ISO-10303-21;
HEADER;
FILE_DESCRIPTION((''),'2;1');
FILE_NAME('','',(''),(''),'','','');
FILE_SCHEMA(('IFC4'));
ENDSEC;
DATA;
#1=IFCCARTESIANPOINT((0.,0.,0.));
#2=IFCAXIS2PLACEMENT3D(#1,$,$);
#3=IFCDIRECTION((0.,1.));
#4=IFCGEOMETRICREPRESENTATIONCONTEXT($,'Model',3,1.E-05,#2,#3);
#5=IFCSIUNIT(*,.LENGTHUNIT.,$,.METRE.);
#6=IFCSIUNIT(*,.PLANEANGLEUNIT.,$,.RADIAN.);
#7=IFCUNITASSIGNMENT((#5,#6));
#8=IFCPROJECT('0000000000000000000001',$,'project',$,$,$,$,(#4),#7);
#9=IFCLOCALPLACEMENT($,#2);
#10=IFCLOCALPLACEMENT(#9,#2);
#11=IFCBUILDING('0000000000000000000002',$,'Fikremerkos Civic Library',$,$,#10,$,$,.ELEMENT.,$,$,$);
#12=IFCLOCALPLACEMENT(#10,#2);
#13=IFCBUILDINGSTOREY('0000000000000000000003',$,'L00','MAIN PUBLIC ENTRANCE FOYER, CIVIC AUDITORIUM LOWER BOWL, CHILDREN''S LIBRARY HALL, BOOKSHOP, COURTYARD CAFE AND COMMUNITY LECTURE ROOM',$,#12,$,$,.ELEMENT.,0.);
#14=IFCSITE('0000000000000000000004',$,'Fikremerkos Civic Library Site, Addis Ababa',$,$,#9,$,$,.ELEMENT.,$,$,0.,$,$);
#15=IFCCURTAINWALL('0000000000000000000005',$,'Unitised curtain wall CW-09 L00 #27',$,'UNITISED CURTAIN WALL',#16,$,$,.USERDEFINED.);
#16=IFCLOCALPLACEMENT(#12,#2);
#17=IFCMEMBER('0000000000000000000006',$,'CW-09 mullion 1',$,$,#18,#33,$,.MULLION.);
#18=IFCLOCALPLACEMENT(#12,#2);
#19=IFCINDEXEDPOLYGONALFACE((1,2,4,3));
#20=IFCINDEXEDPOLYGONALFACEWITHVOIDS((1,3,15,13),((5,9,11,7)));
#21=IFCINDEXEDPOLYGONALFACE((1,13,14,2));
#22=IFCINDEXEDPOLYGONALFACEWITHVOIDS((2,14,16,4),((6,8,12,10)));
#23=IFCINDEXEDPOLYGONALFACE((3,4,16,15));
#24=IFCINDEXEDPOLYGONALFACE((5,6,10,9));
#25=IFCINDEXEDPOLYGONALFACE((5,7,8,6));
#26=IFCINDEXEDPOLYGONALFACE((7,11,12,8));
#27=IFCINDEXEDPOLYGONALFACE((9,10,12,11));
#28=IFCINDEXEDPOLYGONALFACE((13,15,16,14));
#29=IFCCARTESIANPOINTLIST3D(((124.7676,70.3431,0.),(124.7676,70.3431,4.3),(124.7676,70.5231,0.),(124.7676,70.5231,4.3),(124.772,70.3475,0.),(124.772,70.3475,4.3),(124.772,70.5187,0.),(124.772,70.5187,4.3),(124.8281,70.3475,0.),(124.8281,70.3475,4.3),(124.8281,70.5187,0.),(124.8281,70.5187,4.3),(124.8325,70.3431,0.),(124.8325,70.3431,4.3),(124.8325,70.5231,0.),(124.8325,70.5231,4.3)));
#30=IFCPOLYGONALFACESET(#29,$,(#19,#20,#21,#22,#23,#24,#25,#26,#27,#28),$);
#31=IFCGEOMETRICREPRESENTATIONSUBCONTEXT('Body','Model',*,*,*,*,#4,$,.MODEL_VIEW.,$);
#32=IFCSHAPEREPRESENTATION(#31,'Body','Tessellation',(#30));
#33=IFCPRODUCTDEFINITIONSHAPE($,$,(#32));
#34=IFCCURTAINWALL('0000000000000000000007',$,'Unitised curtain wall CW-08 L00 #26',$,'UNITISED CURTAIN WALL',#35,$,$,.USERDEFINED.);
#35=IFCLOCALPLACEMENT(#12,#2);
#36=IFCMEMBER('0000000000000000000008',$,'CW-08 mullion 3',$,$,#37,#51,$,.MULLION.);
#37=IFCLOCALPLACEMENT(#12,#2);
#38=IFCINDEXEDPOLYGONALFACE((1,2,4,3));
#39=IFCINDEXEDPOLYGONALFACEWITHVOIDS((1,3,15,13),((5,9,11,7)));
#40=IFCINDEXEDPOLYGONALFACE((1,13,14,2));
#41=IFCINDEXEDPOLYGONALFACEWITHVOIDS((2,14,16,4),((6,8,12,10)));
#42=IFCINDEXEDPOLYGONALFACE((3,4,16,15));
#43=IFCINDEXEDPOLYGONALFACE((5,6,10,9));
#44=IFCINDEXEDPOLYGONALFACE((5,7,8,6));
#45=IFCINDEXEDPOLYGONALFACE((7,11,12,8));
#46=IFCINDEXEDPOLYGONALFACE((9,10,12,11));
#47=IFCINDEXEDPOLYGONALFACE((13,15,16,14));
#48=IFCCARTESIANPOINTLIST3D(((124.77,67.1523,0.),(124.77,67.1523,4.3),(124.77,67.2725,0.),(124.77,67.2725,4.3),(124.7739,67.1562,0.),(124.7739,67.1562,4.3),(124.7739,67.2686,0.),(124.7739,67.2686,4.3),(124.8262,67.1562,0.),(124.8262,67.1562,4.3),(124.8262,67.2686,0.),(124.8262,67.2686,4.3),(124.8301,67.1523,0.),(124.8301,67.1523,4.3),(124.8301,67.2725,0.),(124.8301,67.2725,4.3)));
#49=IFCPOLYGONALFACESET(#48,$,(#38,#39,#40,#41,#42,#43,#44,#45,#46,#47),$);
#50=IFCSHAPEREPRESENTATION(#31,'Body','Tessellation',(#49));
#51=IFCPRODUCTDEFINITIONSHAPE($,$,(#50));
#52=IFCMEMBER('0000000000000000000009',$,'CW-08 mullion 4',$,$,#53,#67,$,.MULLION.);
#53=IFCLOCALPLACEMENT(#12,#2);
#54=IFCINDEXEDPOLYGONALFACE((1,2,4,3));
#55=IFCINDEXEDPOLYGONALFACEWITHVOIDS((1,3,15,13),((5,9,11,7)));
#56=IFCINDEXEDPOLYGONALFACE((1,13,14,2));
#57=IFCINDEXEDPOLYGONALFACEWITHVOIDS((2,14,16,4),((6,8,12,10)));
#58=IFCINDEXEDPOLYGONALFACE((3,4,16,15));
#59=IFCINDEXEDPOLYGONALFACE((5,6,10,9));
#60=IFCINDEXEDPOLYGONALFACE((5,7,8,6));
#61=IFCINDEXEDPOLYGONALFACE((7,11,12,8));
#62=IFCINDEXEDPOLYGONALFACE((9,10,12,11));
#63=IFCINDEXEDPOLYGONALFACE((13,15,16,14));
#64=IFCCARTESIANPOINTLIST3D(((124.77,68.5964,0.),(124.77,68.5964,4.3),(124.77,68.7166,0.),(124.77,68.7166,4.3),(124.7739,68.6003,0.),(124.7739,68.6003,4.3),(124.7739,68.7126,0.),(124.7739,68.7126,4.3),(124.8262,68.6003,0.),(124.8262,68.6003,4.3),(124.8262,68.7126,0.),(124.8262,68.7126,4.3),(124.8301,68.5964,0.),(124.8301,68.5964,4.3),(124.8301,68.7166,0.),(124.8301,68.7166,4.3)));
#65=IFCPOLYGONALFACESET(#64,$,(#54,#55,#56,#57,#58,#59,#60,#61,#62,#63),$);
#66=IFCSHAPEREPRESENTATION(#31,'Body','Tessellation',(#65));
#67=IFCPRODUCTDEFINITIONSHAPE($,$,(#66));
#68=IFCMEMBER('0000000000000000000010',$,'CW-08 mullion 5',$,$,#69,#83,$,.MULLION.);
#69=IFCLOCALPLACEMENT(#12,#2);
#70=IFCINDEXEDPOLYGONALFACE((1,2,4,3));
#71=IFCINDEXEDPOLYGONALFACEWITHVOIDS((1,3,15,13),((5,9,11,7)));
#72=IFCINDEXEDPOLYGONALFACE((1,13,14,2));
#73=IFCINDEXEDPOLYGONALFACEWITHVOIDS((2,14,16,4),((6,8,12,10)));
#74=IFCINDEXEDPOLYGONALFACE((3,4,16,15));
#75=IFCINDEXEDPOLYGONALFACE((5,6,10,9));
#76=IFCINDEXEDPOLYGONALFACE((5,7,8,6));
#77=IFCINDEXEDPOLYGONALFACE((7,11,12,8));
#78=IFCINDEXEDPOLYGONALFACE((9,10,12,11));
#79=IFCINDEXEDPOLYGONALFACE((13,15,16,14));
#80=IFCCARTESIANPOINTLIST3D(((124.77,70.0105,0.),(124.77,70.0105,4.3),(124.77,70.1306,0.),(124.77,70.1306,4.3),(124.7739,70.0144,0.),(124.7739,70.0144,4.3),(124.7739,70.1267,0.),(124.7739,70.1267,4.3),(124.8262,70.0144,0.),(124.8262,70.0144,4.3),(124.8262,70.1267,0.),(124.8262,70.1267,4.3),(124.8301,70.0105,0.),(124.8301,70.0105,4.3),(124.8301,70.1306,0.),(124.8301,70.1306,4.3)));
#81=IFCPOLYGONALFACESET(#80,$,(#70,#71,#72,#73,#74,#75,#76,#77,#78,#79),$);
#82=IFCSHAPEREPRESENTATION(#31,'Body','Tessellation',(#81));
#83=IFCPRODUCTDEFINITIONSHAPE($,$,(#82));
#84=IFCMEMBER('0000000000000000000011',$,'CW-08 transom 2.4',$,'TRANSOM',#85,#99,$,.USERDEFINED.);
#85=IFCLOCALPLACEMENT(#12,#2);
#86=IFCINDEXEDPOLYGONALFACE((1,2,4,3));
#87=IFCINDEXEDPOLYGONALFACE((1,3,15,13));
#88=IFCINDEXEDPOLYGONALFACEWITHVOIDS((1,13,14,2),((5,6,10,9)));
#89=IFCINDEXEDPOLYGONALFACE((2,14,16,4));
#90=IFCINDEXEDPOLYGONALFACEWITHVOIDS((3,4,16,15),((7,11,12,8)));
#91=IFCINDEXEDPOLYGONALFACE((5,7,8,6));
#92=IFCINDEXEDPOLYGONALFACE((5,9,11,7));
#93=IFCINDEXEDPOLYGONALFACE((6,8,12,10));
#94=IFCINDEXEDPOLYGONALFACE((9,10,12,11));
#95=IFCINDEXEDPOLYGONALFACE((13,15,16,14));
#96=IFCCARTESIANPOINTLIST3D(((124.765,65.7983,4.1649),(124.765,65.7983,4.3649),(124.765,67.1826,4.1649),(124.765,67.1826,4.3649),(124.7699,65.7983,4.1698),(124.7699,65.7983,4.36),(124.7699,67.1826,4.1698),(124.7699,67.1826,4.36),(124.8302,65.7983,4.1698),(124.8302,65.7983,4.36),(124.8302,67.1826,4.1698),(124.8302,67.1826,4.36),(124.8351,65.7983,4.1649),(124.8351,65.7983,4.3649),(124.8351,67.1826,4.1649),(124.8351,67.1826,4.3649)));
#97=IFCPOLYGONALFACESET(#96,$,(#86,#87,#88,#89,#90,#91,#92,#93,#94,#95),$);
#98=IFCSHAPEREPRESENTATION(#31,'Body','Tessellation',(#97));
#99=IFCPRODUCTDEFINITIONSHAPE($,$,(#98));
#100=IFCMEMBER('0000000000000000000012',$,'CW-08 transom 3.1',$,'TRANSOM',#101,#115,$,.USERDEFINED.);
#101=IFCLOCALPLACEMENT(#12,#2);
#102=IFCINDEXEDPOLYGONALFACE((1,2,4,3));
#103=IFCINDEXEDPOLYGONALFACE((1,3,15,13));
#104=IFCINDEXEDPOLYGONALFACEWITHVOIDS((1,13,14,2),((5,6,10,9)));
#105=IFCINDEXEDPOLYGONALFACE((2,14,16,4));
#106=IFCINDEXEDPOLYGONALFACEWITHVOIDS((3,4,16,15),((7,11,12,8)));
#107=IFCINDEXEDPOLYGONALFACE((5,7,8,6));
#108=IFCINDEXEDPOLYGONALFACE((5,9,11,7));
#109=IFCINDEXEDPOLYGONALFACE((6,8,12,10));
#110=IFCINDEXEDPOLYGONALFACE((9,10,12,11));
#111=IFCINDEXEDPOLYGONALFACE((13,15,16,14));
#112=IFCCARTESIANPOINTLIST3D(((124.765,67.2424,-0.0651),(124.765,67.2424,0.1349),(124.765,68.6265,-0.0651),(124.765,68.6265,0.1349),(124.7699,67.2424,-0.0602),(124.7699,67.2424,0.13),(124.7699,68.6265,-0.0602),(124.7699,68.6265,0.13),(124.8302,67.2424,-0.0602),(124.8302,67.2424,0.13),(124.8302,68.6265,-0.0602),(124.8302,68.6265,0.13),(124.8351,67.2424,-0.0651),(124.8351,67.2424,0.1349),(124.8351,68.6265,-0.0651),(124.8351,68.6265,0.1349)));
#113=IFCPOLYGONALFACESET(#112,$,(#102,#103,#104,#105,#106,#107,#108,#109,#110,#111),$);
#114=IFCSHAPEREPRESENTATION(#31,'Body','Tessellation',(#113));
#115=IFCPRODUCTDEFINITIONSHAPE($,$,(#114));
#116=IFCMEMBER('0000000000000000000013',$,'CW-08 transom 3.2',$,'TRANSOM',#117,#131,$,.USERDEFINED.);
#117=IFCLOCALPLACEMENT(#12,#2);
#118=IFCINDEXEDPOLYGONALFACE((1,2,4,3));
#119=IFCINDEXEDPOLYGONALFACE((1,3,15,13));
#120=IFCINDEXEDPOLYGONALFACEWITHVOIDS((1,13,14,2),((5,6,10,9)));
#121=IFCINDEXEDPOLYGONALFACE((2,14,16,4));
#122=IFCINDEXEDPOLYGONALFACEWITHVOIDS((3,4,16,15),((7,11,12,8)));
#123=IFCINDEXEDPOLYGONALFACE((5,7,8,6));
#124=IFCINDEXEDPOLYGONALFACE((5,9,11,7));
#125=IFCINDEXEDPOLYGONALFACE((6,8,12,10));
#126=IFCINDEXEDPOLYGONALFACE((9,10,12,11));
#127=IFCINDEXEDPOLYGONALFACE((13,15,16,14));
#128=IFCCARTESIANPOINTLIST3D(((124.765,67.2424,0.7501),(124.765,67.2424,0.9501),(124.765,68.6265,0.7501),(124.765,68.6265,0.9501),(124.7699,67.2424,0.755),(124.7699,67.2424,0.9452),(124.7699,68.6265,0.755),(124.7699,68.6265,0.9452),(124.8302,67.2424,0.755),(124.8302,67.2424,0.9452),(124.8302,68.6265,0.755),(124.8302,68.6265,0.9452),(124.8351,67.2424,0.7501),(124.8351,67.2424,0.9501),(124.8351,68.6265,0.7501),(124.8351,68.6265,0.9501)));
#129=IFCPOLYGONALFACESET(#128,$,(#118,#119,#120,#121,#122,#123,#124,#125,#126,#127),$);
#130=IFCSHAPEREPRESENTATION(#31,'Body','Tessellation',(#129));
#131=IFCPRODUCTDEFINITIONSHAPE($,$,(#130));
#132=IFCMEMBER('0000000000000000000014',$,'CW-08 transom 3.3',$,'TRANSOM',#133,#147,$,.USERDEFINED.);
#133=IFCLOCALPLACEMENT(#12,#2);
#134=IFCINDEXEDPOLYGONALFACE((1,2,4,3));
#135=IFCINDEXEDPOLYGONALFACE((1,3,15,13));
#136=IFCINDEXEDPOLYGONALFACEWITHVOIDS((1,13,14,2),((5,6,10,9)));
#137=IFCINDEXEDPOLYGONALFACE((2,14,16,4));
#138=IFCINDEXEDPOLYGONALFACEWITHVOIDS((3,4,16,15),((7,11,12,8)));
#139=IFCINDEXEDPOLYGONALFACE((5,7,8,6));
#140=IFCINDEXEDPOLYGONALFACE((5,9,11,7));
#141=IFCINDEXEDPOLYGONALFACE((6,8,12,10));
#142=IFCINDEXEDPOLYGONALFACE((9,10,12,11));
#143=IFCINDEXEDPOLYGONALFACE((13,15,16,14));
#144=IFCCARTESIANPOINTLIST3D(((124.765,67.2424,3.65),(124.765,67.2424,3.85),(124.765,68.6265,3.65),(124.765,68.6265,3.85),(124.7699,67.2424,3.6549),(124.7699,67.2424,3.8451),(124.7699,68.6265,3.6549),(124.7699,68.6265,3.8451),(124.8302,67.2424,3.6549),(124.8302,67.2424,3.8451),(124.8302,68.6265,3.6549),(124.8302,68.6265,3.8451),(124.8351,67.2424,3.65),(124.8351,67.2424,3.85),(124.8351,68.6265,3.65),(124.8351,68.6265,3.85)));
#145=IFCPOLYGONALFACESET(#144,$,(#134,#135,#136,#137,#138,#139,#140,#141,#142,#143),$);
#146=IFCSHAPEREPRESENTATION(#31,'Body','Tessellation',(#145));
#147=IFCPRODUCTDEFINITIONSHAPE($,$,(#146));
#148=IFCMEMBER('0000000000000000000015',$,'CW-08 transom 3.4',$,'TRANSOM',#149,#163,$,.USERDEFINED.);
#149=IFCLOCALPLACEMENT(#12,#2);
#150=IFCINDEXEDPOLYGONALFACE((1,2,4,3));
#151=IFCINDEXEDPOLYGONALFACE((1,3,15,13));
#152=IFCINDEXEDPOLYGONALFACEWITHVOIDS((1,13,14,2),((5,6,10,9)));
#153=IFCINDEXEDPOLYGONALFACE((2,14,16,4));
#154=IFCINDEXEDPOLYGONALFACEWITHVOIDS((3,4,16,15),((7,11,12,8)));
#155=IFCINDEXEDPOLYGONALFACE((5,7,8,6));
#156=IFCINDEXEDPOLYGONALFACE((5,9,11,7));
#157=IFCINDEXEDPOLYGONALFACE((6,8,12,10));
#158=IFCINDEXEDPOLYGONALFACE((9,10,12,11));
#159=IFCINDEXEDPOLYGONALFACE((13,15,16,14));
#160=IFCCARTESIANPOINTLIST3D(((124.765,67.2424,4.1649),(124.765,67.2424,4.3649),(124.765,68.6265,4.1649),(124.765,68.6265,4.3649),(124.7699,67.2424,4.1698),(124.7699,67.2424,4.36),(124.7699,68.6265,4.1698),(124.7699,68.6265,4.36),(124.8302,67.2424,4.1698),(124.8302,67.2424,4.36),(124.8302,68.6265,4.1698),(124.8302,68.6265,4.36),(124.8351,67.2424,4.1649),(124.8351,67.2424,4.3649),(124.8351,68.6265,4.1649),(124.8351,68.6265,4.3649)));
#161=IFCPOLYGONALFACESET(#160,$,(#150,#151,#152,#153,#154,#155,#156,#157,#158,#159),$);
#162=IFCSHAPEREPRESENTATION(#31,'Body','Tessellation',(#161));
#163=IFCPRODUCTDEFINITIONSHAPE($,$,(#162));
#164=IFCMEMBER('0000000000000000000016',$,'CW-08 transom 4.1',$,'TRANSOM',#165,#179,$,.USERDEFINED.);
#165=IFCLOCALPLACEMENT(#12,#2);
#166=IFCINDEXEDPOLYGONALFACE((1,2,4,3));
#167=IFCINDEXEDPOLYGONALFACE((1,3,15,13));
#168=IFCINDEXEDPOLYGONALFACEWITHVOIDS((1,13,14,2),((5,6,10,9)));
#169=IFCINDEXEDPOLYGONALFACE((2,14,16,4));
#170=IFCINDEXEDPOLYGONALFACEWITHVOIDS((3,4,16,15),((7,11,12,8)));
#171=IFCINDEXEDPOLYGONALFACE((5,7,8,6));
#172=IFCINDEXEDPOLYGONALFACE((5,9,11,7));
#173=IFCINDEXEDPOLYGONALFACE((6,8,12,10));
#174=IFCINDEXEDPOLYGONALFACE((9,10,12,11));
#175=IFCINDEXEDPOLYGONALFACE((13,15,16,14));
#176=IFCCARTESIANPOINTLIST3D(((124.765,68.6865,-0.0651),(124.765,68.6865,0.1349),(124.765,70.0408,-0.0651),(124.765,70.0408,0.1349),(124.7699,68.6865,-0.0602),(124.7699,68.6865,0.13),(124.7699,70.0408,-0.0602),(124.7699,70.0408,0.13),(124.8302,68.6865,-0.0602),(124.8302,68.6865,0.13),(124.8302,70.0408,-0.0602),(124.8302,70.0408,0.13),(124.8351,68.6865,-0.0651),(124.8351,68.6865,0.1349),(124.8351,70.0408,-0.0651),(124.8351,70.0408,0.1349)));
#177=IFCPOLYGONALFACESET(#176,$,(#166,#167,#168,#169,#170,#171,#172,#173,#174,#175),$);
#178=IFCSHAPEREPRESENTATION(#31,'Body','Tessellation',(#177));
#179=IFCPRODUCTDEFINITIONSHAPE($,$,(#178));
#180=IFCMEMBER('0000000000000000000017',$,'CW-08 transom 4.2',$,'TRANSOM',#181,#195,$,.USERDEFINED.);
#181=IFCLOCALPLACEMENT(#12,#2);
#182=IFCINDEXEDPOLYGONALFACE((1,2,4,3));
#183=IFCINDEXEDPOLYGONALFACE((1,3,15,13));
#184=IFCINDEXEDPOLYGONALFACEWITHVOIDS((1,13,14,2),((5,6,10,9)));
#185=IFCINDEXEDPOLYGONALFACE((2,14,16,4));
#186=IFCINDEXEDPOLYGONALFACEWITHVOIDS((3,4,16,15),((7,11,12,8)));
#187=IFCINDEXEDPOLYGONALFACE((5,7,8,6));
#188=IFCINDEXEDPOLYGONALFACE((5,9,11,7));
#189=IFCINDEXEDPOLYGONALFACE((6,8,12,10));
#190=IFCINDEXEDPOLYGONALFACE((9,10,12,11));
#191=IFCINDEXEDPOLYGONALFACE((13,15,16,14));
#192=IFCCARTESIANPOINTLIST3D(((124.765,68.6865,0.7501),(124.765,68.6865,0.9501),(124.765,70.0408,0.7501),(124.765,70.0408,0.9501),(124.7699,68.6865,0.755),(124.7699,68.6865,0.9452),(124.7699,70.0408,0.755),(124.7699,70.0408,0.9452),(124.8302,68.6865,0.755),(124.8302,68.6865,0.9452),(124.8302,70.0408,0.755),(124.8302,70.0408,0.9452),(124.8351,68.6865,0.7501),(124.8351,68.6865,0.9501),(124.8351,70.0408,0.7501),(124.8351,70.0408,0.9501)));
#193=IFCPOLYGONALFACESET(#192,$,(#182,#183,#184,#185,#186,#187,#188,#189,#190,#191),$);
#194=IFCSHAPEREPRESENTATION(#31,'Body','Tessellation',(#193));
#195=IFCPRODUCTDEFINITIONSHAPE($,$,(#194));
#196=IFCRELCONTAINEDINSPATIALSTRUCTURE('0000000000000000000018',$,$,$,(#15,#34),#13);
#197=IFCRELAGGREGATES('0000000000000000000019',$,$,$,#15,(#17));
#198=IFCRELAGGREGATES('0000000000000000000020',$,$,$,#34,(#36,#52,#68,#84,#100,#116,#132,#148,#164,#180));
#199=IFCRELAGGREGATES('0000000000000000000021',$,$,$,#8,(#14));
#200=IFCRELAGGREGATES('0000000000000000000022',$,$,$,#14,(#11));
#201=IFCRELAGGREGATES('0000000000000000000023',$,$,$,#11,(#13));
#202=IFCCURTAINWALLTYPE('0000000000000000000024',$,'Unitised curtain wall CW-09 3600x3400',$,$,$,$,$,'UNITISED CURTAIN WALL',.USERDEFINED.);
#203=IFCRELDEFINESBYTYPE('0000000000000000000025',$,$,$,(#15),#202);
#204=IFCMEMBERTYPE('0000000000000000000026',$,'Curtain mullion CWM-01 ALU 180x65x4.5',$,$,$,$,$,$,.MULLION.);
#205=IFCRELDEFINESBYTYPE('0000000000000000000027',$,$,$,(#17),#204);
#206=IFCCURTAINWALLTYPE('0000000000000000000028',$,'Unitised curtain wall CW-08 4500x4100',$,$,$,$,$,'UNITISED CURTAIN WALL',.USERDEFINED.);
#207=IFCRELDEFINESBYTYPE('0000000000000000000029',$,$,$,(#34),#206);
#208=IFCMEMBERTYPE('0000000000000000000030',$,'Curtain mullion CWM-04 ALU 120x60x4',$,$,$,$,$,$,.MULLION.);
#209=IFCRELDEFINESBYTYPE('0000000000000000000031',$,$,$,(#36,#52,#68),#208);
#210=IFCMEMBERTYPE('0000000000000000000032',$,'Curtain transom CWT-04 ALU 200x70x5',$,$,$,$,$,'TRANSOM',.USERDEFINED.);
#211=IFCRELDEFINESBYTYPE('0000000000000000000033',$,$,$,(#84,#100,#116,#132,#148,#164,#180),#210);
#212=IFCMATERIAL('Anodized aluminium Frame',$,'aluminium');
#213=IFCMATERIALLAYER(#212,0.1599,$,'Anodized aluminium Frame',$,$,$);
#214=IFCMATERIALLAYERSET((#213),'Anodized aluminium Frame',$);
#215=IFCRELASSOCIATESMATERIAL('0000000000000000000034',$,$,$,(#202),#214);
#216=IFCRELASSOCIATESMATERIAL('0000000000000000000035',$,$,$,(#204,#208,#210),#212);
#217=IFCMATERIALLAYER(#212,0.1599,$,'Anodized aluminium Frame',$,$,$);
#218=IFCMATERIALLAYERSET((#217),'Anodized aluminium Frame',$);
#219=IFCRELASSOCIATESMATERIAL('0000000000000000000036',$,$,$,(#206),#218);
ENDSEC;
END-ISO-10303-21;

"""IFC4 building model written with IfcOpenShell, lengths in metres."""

from ifc_helpers import new_model, si_unit, direction, frame, origin, origin_2d, place, context, subcontext, project, spatial, hollow_rectangle, extrude, material, layer, layer_set, material_profile, profile_set, type_object, element, aggregate, save


model = new_model("IFC4")

# Units and contexts
model_context = context("Model", 3, precision=1e-05, world=origin(), true_north=direction((0.0, 1.0)))
body_context = subcontext(model_context, "Body", "Model", "MODEL_VIEW")
ifc_project = project(units=[si_unit("LENGTHUNIT", "METRE"), si_unit("PLANEANGLEUNIT", "RADIAN")], contexts=[model_context])

# Site, building, storey
site_placement = place(None, origin())
site = spatial("IfcSite", under=ifc_project, at=site_placement, Name="Fikremerkos Civic Library Site, Addis Ababa", CompositionType="ELEMENT", RefElevation=0.0)
building_placement = place(site_placement, origin())
building = spatial("IfcBuilding", under=site, at=building_placement, Name="Fikremerkos Civic Library", CompositionType="ELEMENT")
storey_placement = place(building_placement, origin())
storey = spatial("IfcBuildingStorey", under=building, at=storey_placement, Name="L00", Description="MAIN PUBLIC ENTRANCE FOYER, CIVIC AUDITORIUM LOWER BOWL, CHILDREN'S LIBRARY HALL, BOOKSHOP, COURTYARD CAFE AND COMMUNITY LECTURE ROOM", CompositionType="ELEMENT", Elevation=0.0)

# Curtain wall, member
ifc_material_1 = material(Name="Anodized aluminium Frame", Category="aluminium")
ifc_layer_1 = layer(ifc_material_1, 0.1599, Name="Anodized aluminium Frame")
ifc_layer_set_1 = layer_set([ifc_layer_1], Name="Anodized aluminium Frame")
curtain_wall_type_1 = type_object("IfcCurtainWallType", Name="Unitised curtain wall CW-09 3600x3400", ElementType="UNITISED CURTAIN WALL", PredefinedType="USERDEFINED", material=ifc_layer_set_1)
curtain_wall_1_placement = place(storey_placement, origin())
curtain_wall_1 = element("IfcCurtainWall", 1, at=curtain_wall_1_placement, inside=storey, type_object=curtain_wall_type_1, Name="Unitised curtain wall CW-09 L00 #27", ObjectType="UNITISED CURTAIN WALL", PredefinedType="USERDEFINED")
ifc_material_profile_1 = material_profile(ifc_material_1, hollow_rectangle(XDim=0.0649, YDim=0.1799, WallThickness=0.0044, at=origin_2d()), Name="ALU 180x65x4.5")
ifc_profile_set_1 = profile_set([ifc_material_profile_1], Name="Anodized aluminium Frame")
member_type_1 = type_object("IfcMemberType", Name="Curtain mullion CWM-01 ALU 180x65x4.5", PredefinedType="MULLION", material=ifc_profile_set_1)
member_1_placement = place(storey_placement, frame((124.8, 70.4331, 0.0), z_axis=(0.0, 0.0, 1.0), x_axis=(-1.0, 0.0, 0.0)))
member_1 = element("IfcMember", 2, at=member_1_placement, type_object=member_type_1, Name="CW-09 mullion 1", PredefinedType="MULLION", context=body_context, shape_type="SweptSolid", body=[
    extrude(hollow_rectangle(XDim=0.0649, YDim=0.1799, WallThickness=0.0044, at=origin_2d()), origin(), (0.0, 0.0, 1.0), 4.3),
])
aggregate(curtain_wall_1, [member_1])

# Curtain wall, members
ifc_layer_2 = layer(ifc_material_1, 0.1599, Name="Anodized aluminium Frame")
ifc_layer_set_2 = layer_set([ifc_layer_2], Name="Anodized aluminium Frame")
curtain_wall_type_2 = type_object("IfcCurtainWallType", Name="Unitised curtain wall CW-08 4500x4100", ElementType="UNITISED CURTAIN WALL", PredefinedType="USERDEFINED", material=ifc_layer_set_2)
curtain_wall_2_placement = place(storey_placement, origin())
curtain_wall_2 = element("IfcCurtainWall", 3, at=curtain_wall_2_placement, inside=storey, type_object=curtain_wall_type_2, Name="Unitised curtain wall CW-08 L00 #26", ObjectType="UNITISED CURTAIN WALL", PredefinedType="USERDEFINED")
ifc_material_profile_2 = material_profile(ifc_material_1, hollow_rectangle(XDim=0.0601, YDim=0.1201, WallThickness=0.0039, at=origin_2d()), Name="ALU 120x60x4")
ifc_profile_set_2 = profile_set([ifc_material_profile_2], Name="Anodized aluminium Frame")
member_type_2 = type_object("IfcMemberType", Name="Curtain mullion CWM-04 ALU 120x60x4", PredefinedType="MULLION", material=ifc_profile_set_2)
member_2_placement = place(storey_placement, frame((124.8, 67.2124, 0.0), z_axis=(0.0, 0.0, 1.0), x_axis=(-1.0, 0.0, 0.0)))
member_2 = element("IfcMember", 4, at=member_2_placement, type_object=member_type_2, Name="CW-08 mullion 3", PredefinedType="MULLION", context=body_context, shape_type="SweptSolid", body=[
    extrude(hollow_rectangle(XDim=0.0601, YDim=0.1201, WallThickness=0.0039, at=origin_2d()), origin(), (0.0, 0.0, 1.0), 4.3),
])
member_3_placement = place(storey_placement, frame((124.8, 68.6565, 0.0), z_axis=(0.0, 0.0, 1.0), x_axis=(-1.0, 0.0, 0.0)))
member_3 = element("IfcMember", 5, at=member_3_placement, type_object=member_type_2, Name="CW-08 mullion 4", PredefinedType="MULLION", context=body_context, shape_type="SweptSolid", body=[
    extrude(hollow_rectangle(XDim=0.0601, YDim=0.1201, WallThickness=0.0039, at=origin_2d()), origin(), (0.0, 0.0, 1.0), 4.3),
])
member_4_placement = place(storey_placement, frame((124.8, 70.0706, 0.0), z_axis=(0.0, 0.0, 1.0), x_axis=(-1.0, 0.0, 0.0)))
member_4 = element("IfcMember", 6, at=member_4_placement, type_object=member_type_2, Name="CW-08 mullion 5", PredefinedType="MULLION", context=body_context, shape_type="SweptSolid", body=[
    extrude(hollow_rectangle(XDim=0.0601, YDim=0.1201, WallThickness=0.0039, at=origin_2d()), origin(), (0.0, 0.0, 1.0), 4.3),
])
ifc_material_profile_3 = material_profile(ifc_material_1, hollow_rectangle(XDim=0.0701, YDim=0.2, WallThickness=0.0049, at=origin_2d()), Name="ALU 200x70x5")
ifc_profile_set_3 = profile_set([ifc_material_profile_3], Name="Anodized aluminium Frame")
member_type_3 = type_object("IfcMemberType", Name="Curtain transom CWT-04 ALU 200x70x5", ElementType="TRANSOM", PredefinedType="USERDEFINED", material=ifc_profile_set_3)
member_5_placement = place(storey_placement, frame((124.8, 65.7983, 4.2649), z_axis=(0.0, 1.0, 0.0), x_axis=(-1.0, 0.0, 0.0)))
member_5 = element("IfcMember", 7, at=member_5_placement, type_object=member_type_3, Name="CW-08 transom 2.4", ObjectType="TRANSOM", PredefinedType="USERDEFINED", context=body_context, shape_type="SweptSolid", body=[
    extrude(hollow_rectangle(XDim=0.0701, YDim=0.2, WallThickness=0.0049, at=origin_2d()), origin(), (0.0, 0.0, 1.0), 1.3843),
])
member_6_placement = place(storey_placement, frame((124.8, 67.2424, 0.0349), z_axis=(0.0, 1.0, 0.0), x_axis=(-1.0, 0.0, 0.0)))
member_6 = element("IfcMember", 8, at=member_6_placement, type_object=member_type_3, Name="CW-08 transom 3.1", ObjectType="TRANSOM", PredefinedType="USERDEFINED", context=body_context, shape_type="SweptSolid", body=[
    extrude(hollow_rectangle(XDim=0.0701, YDim=0.2, WallThickness=0.0049, at=origin_2d()), origin(), (0.0, 0.0, 1.0), 1.384),
])
member_7_placement = place(storey_placement, frame((124.8, 67.2424, 0.8501), z_axis=(0.0, 1.0, 0.0), x_axis=(-1.0, 0.0, 0.0)))
member_7 = element("IfcMember", 9, at=member_7_placement, type_object=member_type_3, Name="CW-08 transom 3.2", ObjectType="TRANSOM", PredefinedType="USERDEFINED", context=body_context, shape_type="SweptSolid", body=[
    extrude(hollow_rectangle(XDim=0.0701, YDim=0.2, WallThickness=0.0049, at=origin_2d()), origin(), (0.0, 0.0, 1.0), 1.384),
])
member_8_placement = place(storey_placement, frame((124.8, 67.2424, 3.75), z_axis=(0.0, 1.0, 0.0), x_axis=(-1.0, 0.0, 0.0)))
member_8 = element("IfcMember", 10, at=member_8_placement, type_object=member_type_3, Name="CW-08 transom 3.3", ObjectType="TRANSOM", PredefinedType="USERDEFINED", context=body_context, shape_type="SweptSolid", body=[
    extrude(hollow_rectangle(XDim=0.0701, YDim=0.2, WallThickness=0.0049, at=origin_2d()), origin(), (0.0, 0.0, 1.0), 1.384),
])
member_9_placement = place(storey_placement, frame((124.8, 67.2424, 4.2649), z_axis=(0.0, 1.0, 0.0), x_axis=(-1.0, 0.0, 0.0)))
member_9 = element("IfcMember", 11, at=member_9_placement, type_object=member_type_3, Name="CW-08 transom 3.4", ObjectType="TRANSOM", PredefinedType="USERDEFINED", context=body_context, shape_type="SweptSolid", body=[
    extrude(hollow_rectangle(XDim=0.0701, YDim=0.2, WallThickness=0.0049, at=origin_2d()), origin(), (0.0, 0.0, 1.0), 1.384),
])
member_10_placement = place(storey_placement, frame((124.8, 68.6865, 0.0349), z_axis=(0.0, 1.0, 0.0), x_axis=(-1.0, 0.0, 0.0)))
member_10 = element("IfcMember", 12, at=member_10_placement, type_object=member_type_3, Name="CW-08 transom 4.1", ObjectType="TRANSOM", PredefinedType="USERDEFINED", context=body_context, shape_type="SweptSolid", body=[
    extrude(hollow_rectangle(XDim=0.0701, YDim=0.2, WallThickness=0.0049, at=origin_2d()), origin(), (0.0, 0.0, 1.0), 1.3542),
])
member_11_placement = place(storey_placement, frame((124.8, 68.6865, 0.8501), z_axis=(0.0, 1.0, 0.0), x_axis=(-1.0, 0.0, 0.0)))
member_11 = element("IfcMember", 13, at=member_11_placement, type_object=member_type_3, Name="CW-08 transom 4.2", ObjectType="TRANSOM", PredefinedType="USERDEFINED", context=body_context, shape_type="SweptSolid", body=[
    extrude(hollow_rectangle(XDim=0.0701, YDim=0.2, WallThickness=0.0049, at=origin_2d()), origin(), (0.0, 0.0, 1.0), 1.3542),
])
aggregate(curtain_wall_2, [member_2, member_3, member_4, member_5, member_6, member_7, member_8, member_9, member_10, member_11])

save(model, "model.ifc")
